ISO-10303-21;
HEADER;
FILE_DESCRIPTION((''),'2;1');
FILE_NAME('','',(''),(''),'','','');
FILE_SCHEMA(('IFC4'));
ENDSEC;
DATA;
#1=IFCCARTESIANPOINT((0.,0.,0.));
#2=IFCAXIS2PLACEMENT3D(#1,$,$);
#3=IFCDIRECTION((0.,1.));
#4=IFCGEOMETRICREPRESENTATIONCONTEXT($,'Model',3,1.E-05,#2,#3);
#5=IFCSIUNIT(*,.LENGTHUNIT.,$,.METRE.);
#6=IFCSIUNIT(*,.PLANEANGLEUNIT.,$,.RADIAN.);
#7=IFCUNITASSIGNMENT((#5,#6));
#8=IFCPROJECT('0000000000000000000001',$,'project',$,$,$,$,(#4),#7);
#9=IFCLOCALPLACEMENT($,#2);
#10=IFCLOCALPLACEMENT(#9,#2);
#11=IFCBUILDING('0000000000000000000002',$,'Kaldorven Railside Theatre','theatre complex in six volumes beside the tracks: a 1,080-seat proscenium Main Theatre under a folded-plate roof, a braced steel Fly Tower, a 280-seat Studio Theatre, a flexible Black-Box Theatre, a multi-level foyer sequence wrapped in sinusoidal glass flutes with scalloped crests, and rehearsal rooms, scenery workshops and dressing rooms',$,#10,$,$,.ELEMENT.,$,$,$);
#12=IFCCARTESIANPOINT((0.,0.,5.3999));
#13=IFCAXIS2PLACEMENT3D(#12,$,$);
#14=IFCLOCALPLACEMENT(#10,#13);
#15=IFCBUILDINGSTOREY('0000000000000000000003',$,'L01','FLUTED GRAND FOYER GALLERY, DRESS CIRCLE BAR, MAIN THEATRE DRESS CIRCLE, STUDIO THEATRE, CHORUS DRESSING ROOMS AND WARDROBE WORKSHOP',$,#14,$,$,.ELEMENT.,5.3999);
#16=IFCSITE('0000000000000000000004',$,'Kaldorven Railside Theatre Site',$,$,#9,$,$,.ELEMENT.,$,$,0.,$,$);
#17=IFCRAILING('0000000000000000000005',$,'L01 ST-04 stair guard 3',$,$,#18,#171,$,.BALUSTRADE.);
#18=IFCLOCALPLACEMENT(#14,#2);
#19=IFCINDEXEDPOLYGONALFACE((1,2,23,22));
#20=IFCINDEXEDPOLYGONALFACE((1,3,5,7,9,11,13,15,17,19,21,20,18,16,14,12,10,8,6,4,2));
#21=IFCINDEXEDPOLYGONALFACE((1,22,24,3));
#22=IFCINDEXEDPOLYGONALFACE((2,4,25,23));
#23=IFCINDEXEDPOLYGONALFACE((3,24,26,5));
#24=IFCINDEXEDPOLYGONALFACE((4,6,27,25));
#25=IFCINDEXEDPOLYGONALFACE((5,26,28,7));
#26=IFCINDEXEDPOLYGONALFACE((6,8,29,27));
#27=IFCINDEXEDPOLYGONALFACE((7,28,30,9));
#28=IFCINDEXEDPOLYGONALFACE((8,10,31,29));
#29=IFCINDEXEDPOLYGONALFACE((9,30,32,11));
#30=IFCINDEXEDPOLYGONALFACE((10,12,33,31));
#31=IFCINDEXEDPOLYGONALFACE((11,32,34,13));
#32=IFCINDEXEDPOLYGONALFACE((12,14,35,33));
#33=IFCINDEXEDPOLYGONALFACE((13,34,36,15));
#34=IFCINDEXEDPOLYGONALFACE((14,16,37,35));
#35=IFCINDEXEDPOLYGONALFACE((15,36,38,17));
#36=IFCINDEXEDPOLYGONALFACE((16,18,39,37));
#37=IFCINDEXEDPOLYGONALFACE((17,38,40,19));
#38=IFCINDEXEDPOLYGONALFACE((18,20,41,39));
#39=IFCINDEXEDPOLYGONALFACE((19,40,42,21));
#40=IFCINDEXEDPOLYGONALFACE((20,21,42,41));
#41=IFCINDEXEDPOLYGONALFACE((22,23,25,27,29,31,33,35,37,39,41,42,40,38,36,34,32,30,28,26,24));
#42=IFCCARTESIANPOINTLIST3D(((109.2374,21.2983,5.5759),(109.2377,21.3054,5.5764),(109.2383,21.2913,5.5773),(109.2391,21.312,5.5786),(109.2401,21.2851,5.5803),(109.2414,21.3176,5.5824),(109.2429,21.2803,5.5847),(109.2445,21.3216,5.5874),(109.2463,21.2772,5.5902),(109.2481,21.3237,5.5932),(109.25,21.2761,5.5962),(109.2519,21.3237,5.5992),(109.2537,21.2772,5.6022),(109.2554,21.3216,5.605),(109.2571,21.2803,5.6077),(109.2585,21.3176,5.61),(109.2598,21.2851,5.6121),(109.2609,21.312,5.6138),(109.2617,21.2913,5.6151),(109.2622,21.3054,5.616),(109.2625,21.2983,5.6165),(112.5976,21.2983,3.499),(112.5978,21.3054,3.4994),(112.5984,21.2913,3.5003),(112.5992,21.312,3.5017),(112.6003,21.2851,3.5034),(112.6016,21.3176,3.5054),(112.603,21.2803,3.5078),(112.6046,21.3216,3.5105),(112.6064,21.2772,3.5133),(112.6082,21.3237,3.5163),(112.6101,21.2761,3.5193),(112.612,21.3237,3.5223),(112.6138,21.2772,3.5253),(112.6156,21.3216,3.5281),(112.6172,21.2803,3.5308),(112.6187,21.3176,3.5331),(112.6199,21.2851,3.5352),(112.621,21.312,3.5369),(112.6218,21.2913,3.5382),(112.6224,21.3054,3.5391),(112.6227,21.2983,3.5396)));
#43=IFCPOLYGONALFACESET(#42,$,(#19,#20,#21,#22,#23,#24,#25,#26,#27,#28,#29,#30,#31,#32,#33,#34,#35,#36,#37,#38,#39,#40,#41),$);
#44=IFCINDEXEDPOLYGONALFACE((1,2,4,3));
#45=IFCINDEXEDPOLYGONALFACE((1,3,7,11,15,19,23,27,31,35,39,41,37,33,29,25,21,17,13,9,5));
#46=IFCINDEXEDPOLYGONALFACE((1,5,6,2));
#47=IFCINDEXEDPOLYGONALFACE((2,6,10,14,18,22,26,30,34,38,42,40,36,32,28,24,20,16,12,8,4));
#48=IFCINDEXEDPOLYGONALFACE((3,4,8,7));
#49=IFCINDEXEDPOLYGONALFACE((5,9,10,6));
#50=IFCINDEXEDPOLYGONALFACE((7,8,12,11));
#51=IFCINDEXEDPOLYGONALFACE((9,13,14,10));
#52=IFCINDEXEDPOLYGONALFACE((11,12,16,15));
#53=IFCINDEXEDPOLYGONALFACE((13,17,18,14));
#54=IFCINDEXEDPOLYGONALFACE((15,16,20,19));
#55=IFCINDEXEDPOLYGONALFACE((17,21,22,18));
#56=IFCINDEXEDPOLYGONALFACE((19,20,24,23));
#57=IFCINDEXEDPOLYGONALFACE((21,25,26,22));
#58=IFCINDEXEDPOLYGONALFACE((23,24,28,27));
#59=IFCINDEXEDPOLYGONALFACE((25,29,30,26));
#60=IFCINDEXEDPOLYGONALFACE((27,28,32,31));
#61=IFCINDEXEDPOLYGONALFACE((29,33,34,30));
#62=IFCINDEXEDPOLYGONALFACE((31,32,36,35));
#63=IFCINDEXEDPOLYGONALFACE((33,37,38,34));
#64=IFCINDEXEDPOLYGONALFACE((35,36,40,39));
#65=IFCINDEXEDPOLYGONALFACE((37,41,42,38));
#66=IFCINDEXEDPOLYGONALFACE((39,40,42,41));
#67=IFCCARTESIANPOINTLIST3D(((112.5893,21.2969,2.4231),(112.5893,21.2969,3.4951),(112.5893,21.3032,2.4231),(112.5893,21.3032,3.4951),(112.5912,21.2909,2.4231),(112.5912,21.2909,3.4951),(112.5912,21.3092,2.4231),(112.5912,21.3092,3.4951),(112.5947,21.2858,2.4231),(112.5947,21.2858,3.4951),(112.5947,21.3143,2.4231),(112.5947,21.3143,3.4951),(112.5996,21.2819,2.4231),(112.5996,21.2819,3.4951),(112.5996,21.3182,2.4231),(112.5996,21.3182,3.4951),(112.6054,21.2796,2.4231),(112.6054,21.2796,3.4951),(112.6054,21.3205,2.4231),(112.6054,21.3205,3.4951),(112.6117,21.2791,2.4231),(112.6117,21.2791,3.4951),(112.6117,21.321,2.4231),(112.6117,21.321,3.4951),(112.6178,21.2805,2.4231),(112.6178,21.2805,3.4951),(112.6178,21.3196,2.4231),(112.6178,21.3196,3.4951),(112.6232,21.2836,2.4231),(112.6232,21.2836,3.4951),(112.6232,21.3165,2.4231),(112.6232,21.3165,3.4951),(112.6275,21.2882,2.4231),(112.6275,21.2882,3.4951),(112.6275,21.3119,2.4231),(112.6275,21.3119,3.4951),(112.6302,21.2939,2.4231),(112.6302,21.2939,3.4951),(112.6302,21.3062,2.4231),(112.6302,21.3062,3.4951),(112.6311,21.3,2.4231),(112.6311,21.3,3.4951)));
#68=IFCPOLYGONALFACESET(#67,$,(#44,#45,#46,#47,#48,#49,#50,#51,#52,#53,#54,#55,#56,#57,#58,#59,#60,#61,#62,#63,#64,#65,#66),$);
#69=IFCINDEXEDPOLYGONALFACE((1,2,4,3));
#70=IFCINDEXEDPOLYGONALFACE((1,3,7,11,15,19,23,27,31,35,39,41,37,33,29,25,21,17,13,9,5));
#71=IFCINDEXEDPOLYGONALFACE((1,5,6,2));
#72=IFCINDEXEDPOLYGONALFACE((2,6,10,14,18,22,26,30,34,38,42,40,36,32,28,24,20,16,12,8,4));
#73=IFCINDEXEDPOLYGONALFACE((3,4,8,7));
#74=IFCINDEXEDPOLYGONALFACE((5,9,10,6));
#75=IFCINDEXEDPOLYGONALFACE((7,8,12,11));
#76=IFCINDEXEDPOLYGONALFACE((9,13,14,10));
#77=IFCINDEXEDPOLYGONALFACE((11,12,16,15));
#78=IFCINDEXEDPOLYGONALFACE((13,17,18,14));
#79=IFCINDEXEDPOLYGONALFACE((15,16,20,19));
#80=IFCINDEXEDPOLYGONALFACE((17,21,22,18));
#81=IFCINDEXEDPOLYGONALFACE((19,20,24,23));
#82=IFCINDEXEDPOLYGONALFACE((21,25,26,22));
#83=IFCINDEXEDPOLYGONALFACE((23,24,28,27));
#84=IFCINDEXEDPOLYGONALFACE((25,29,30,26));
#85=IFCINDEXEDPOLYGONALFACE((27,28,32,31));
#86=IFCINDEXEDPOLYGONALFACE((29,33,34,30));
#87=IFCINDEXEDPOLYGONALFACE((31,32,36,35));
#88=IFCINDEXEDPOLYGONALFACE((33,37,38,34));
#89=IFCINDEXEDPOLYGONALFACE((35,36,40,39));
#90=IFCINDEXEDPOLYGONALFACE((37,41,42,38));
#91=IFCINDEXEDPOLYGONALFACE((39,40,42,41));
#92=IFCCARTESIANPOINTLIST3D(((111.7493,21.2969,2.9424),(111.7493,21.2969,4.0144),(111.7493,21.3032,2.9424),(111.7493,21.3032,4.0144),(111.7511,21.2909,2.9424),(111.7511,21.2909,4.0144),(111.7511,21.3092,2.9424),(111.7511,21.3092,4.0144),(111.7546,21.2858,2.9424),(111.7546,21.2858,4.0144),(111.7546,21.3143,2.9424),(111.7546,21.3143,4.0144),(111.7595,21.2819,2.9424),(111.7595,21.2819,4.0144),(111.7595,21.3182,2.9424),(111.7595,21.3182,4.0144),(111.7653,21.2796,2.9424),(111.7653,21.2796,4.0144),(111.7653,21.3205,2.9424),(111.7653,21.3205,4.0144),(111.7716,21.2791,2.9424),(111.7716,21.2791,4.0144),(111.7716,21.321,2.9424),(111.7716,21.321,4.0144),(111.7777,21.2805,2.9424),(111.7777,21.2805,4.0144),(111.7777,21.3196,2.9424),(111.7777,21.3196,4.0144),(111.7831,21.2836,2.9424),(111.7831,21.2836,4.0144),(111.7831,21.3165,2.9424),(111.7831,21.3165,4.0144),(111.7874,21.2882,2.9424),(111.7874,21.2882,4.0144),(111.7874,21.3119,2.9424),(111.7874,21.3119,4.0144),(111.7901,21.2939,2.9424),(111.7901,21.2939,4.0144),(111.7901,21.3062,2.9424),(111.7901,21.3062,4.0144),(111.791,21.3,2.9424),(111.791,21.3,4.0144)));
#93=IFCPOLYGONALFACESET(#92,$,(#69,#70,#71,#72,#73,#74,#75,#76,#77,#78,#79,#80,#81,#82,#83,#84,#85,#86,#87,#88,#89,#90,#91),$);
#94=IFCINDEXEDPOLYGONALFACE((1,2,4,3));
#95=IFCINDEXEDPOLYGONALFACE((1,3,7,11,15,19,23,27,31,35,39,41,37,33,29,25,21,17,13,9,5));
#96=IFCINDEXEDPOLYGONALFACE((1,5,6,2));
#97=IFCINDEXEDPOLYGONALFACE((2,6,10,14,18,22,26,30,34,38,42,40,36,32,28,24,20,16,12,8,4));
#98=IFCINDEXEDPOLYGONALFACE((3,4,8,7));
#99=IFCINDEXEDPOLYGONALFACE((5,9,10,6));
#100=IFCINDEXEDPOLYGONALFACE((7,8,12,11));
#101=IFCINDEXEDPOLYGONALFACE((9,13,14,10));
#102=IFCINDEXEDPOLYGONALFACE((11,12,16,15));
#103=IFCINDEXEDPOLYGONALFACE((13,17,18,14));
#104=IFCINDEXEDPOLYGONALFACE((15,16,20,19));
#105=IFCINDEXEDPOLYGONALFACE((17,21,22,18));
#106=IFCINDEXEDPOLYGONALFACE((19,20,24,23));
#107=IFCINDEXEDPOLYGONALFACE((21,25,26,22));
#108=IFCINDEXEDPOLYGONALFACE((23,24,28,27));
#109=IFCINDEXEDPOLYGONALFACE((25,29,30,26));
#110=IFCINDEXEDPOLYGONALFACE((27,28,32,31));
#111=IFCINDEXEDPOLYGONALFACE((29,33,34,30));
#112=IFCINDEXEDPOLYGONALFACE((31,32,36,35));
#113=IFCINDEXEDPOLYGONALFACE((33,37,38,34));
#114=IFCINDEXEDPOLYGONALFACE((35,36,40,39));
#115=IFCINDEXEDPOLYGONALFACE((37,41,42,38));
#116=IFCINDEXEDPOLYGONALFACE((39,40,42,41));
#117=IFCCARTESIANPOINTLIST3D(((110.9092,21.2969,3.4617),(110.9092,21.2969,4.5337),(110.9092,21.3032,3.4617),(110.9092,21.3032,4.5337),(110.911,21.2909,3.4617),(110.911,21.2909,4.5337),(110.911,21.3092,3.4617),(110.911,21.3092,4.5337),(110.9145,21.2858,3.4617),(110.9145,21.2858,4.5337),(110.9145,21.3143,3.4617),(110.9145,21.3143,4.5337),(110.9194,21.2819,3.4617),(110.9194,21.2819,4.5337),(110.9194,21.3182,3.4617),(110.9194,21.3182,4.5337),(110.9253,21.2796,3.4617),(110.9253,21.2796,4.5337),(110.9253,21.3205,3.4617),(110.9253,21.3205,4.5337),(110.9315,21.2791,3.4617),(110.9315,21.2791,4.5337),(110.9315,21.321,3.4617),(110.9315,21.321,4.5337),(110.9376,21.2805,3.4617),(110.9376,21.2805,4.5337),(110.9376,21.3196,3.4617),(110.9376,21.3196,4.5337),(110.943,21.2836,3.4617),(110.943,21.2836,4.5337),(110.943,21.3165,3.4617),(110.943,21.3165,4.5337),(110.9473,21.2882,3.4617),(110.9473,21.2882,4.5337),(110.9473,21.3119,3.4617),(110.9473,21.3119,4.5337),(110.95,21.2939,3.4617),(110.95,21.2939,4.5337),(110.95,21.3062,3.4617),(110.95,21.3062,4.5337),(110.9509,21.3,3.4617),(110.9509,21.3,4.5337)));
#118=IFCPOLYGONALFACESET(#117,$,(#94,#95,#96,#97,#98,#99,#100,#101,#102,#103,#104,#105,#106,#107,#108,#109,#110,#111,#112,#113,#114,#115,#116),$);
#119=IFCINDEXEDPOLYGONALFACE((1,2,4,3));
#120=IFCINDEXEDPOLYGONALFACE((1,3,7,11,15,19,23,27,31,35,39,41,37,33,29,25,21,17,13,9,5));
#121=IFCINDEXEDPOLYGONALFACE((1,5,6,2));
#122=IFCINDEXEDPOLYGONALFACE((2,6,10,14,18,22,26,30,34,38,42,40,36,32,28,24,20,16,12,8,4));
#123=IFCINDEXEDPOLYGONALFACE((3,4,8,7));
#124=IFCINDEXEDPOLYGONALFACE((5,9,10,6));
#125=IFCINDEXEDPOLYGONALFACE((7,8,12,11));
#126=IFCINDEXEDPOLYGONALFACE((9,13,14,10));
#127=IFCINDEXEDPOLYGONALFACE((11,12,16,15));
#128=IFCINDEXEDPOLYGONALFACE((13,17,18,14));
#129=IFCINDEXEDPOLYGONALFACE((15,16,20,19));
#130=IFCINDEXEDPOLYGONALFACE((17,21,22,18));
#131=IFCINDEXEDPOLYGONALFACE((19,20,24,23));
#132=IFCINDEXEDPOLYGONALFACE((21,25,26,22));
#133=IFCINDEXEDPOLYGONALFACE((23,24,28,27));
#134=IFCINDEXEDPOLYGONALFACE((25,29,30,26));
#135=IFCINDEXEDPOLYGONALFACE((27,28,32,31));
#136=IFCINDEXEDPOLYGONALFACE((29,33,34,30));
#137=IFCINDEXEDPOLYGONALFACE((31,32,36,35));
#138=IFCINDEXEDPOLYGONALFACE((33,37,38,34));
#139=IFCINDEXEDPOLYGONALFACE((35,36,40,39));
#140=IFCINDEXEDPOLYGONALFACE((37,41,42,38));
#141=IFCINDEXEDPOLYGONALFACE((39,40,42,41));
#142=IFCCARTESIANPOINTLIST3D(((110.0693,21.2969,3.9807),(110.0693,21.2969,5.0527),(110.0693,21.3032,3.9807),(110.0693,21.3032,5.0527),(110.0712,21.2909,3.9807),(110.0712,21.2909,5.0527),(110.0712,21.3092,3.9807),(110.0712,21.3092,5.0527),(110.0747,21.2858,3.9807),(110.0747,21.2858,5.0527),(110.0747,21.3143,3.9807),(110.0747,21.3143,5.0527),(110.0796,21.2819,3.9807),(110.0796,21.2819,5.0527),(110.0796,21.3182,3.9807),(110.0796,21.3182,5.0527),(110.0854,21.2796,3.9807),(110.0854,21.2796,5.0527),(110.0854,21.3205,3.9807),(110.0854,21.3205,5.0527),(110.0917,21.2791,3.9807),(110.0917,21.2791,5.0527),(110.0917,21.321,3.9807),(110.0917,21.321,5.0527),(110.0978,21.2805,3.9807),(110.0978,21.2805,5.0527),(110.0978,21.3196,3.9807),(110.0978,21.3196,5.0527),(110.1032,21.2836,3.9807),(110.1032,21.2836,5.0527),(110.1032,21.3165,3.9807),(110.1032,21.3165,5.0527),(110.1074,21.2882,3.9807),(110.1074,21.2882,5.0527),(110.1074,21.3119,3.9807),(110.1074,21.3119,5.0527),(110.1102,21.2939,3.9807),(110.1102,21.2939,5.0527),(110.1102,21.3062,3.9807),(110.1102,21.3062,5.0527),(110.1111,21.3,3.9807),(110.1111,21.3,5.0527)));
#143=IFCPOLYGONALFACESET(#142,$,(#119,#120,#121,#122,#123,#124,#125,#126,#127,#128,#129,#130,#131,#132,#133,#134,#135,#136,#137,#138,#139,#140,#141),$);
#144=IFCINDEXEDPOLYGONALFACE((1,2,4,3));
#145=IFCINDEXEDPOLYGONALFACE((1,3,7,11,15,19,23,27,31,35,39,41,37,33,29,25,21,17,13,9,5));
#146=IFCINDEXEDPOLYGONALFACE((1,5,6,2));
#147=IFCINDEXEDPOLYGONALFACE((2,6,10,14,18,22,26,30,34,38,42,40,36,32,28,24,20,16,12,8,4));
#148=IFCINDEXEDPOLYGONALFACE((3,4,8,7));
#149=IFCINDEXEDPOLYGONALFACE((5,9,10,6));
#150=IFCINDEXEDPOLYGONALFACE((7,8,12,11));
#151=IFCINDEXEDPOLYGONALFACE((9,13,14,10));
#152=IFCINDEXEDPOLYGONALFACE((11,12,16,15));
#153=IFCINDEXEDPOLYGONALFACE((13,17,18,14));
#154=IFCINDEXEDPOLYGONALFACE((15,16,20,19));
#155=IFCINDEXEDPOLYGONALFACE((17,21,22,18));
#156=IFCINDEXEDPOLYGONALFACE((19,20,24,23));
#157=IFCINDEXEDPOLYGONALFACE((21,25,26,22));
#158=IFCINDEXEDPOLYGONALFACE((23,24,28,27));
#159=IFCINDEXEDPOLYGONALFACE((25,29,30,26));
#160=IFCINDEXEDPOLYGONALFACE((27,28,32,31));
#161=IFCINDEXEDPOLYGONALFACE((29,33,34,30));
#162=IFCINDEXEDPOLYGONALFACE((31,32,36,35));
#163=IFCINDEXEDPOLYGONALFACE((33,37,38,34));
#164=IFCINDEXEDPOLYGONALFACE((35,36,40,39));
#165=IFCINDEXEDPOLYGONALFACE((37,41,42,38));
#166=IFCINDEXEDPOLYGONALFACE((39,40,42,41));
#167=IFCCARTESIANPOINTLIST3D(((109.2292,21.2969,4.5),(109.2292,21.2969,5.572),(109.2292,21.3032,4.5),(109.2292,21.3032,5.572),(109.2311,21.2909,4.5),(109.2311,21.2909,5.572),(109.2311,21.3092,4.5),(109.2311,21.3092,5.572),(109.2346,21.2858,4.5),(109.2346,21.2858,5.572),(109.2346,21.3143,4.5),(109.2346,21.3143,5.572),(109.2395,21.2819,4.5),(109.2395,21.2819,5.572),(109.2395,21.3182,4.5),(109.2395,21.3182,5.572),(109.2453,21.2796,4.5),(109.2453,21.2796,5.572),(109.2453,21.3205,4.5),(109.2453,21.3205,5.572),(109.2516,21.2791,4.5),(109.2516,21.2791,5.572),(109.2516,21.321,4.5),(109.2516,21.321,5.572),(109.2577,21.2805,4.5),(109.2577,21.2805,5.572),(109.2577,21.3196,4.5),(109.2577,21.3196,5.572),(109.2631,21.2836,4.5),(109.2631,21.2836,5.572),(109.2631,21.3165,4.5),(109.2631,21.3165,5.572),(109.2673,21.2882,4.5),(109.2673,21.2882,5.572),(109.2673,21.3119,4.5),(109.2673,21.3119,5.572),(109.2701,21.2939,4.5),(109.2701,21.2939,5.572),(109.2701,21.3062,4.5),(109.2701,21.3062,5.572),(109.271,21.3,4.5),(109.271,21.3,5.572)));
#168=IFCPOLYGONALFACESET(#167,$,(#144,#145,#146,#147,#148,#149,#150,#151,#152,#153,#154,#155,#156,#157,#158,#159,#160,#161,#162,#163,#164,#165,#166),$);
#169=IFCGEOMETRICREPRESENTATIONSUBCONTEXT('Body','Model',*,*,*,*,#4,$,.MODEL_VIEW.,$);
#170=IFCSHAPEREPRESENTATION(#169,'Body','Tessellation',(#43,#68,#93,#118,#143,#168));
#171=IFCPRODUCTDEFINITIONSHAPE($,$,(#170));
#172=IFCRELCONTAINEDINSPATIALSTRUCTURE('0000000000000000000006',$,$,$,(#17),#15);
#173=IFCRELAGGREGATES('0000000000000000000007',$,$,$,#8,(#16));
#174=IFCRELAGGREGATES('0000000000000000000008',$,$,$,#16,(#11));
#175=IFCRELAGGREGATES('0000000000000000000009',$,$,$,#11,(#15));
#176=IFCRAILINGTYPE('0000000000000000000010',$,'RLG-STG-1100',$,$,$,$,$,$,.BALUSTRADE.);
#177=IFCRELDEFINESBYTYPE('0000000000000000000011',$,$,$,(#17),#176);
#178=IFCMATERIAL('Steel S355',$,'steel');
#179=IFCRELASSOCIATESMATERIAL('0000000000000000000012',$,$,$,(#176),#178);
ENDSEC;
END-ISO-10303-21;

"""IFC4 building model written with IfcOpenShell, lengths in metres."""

from ifc_helpers import new_model, si_unit, direction, frame, origin, origin_2d, place, context, subcontext, project, spatial, circle, extrude, material, type_object, element, save


model = new_model("IFC4")

# Units and contexts
model_context = context("Model", 3, precision=1e-05, world=origin(), true_north=direction((0.0, 1.0)))
body_context = subcontext(model_context, "Body", "Model", "MODEL_VIEW")
ifc_project = project(units=[si_unit("LENGTHUNIT", "METRE"), si_unit("PLANEANGLEUNIT", "RADIAN")], contexts=[model_context])

# Site, building, storey
site_placement = place(None, origin())
site = spatial("IfcSite", under=ifc_project, at=site_placement, Name="Kaldorven Railside Theatre Site", CompositionType="ELEMENT", RefElevation=0.0)
building_placement = place(site_placement, origin())
building = spatial("IfcBuilding", under=site, at=building_placement, Name="Kaldorven Railside Theatre", Description="theatre complex in six volumes beside the tracks: a 1,080-seat proscenium Main Theatre under a folded-plate roof, a braced steel Fly Tower, a 280-seat Studio Theatre, a flexible Black-Box Theatre, a multi-level foyer sequence wrapped in sinusoidal glass flutes with scalloped crests, and rehearsal rooms, scenery workshops and dressing rooms", CompositionType="ELEMENT")
storey_placement = place(building_placement, frame((0.0, 0.0, 5.3999)))
storey = spatial("IfcBuildingStorey", under=building, at=storey_placement, Name="L01", Description="FLUTED GRAND FOYER GALLERY, DRESS CIRCLE BAR, MAIN THEATRE DRESS CIRCLE, STUDIO THEATRE, CHORUS DRESSING ROOMS AND WARDROBE WORKSHOP", CompositionType="ELEMENT", Elevation=5.3999)

# Shared definitions
ifc_material_1 = material(Name="Steel S355", Category="steel")

# Railing
railing_type_1 = type_object("IfcRailingType", Name="RLG-STG-1100", PredefinedType="BALUSTRADE", material=ifc_material_1)
railing_1_placement = place(storey_placement, frame((112.6101, 21.3, 2.4231)))
element("IfcRailing", 1, at=railing_1_placement, inside=storey, type_object=railing_type_1, Name="L01 ST-04 stair guard 3", PredefinedType="BALUSTRADE", context=body_context, shape_type="SweptSolid", body=[
    extrude(circle(Radius=0.0239, at=origin_2d()), frame((0.0, 0.0, 1.0962), z_axis=(-0.850623, 0.0, 0.525776), x_axis=(0.0, -1.0, 0.0)), (0.0, 0.0, 1.0), 3.9502),
    extrude(circle(Radius=0.021, at=origin_2d()), origin(), (0.0, 0.0, 1.0), 1.072),
    extrude(circle(Radius=0.021, at=origin_2d()), frame((-0.8401, 0.0, 0.5193)), (0.0, 0.0, 1.0), 1.072),
    extrude(circle(Radius=0.021, at=origin_2d()), frame((-1.6802, 0.0, 1.0386)), (0.0, 0.0, 1.0), 1.072),
    extrude(circle(Radius=0.021, at=origin_2d()), frame((-2.52, 0.0, 1.5576)), (0.0, 0.0, 1.0), 1.072),
    extrude(circle(Radius=0.021, at=origin_2d()), frame((-3.3601, 0.0, 2.0769)), (0.0, 0.0, 1.0), 1.072),
])

save(model, "model.ifc")
